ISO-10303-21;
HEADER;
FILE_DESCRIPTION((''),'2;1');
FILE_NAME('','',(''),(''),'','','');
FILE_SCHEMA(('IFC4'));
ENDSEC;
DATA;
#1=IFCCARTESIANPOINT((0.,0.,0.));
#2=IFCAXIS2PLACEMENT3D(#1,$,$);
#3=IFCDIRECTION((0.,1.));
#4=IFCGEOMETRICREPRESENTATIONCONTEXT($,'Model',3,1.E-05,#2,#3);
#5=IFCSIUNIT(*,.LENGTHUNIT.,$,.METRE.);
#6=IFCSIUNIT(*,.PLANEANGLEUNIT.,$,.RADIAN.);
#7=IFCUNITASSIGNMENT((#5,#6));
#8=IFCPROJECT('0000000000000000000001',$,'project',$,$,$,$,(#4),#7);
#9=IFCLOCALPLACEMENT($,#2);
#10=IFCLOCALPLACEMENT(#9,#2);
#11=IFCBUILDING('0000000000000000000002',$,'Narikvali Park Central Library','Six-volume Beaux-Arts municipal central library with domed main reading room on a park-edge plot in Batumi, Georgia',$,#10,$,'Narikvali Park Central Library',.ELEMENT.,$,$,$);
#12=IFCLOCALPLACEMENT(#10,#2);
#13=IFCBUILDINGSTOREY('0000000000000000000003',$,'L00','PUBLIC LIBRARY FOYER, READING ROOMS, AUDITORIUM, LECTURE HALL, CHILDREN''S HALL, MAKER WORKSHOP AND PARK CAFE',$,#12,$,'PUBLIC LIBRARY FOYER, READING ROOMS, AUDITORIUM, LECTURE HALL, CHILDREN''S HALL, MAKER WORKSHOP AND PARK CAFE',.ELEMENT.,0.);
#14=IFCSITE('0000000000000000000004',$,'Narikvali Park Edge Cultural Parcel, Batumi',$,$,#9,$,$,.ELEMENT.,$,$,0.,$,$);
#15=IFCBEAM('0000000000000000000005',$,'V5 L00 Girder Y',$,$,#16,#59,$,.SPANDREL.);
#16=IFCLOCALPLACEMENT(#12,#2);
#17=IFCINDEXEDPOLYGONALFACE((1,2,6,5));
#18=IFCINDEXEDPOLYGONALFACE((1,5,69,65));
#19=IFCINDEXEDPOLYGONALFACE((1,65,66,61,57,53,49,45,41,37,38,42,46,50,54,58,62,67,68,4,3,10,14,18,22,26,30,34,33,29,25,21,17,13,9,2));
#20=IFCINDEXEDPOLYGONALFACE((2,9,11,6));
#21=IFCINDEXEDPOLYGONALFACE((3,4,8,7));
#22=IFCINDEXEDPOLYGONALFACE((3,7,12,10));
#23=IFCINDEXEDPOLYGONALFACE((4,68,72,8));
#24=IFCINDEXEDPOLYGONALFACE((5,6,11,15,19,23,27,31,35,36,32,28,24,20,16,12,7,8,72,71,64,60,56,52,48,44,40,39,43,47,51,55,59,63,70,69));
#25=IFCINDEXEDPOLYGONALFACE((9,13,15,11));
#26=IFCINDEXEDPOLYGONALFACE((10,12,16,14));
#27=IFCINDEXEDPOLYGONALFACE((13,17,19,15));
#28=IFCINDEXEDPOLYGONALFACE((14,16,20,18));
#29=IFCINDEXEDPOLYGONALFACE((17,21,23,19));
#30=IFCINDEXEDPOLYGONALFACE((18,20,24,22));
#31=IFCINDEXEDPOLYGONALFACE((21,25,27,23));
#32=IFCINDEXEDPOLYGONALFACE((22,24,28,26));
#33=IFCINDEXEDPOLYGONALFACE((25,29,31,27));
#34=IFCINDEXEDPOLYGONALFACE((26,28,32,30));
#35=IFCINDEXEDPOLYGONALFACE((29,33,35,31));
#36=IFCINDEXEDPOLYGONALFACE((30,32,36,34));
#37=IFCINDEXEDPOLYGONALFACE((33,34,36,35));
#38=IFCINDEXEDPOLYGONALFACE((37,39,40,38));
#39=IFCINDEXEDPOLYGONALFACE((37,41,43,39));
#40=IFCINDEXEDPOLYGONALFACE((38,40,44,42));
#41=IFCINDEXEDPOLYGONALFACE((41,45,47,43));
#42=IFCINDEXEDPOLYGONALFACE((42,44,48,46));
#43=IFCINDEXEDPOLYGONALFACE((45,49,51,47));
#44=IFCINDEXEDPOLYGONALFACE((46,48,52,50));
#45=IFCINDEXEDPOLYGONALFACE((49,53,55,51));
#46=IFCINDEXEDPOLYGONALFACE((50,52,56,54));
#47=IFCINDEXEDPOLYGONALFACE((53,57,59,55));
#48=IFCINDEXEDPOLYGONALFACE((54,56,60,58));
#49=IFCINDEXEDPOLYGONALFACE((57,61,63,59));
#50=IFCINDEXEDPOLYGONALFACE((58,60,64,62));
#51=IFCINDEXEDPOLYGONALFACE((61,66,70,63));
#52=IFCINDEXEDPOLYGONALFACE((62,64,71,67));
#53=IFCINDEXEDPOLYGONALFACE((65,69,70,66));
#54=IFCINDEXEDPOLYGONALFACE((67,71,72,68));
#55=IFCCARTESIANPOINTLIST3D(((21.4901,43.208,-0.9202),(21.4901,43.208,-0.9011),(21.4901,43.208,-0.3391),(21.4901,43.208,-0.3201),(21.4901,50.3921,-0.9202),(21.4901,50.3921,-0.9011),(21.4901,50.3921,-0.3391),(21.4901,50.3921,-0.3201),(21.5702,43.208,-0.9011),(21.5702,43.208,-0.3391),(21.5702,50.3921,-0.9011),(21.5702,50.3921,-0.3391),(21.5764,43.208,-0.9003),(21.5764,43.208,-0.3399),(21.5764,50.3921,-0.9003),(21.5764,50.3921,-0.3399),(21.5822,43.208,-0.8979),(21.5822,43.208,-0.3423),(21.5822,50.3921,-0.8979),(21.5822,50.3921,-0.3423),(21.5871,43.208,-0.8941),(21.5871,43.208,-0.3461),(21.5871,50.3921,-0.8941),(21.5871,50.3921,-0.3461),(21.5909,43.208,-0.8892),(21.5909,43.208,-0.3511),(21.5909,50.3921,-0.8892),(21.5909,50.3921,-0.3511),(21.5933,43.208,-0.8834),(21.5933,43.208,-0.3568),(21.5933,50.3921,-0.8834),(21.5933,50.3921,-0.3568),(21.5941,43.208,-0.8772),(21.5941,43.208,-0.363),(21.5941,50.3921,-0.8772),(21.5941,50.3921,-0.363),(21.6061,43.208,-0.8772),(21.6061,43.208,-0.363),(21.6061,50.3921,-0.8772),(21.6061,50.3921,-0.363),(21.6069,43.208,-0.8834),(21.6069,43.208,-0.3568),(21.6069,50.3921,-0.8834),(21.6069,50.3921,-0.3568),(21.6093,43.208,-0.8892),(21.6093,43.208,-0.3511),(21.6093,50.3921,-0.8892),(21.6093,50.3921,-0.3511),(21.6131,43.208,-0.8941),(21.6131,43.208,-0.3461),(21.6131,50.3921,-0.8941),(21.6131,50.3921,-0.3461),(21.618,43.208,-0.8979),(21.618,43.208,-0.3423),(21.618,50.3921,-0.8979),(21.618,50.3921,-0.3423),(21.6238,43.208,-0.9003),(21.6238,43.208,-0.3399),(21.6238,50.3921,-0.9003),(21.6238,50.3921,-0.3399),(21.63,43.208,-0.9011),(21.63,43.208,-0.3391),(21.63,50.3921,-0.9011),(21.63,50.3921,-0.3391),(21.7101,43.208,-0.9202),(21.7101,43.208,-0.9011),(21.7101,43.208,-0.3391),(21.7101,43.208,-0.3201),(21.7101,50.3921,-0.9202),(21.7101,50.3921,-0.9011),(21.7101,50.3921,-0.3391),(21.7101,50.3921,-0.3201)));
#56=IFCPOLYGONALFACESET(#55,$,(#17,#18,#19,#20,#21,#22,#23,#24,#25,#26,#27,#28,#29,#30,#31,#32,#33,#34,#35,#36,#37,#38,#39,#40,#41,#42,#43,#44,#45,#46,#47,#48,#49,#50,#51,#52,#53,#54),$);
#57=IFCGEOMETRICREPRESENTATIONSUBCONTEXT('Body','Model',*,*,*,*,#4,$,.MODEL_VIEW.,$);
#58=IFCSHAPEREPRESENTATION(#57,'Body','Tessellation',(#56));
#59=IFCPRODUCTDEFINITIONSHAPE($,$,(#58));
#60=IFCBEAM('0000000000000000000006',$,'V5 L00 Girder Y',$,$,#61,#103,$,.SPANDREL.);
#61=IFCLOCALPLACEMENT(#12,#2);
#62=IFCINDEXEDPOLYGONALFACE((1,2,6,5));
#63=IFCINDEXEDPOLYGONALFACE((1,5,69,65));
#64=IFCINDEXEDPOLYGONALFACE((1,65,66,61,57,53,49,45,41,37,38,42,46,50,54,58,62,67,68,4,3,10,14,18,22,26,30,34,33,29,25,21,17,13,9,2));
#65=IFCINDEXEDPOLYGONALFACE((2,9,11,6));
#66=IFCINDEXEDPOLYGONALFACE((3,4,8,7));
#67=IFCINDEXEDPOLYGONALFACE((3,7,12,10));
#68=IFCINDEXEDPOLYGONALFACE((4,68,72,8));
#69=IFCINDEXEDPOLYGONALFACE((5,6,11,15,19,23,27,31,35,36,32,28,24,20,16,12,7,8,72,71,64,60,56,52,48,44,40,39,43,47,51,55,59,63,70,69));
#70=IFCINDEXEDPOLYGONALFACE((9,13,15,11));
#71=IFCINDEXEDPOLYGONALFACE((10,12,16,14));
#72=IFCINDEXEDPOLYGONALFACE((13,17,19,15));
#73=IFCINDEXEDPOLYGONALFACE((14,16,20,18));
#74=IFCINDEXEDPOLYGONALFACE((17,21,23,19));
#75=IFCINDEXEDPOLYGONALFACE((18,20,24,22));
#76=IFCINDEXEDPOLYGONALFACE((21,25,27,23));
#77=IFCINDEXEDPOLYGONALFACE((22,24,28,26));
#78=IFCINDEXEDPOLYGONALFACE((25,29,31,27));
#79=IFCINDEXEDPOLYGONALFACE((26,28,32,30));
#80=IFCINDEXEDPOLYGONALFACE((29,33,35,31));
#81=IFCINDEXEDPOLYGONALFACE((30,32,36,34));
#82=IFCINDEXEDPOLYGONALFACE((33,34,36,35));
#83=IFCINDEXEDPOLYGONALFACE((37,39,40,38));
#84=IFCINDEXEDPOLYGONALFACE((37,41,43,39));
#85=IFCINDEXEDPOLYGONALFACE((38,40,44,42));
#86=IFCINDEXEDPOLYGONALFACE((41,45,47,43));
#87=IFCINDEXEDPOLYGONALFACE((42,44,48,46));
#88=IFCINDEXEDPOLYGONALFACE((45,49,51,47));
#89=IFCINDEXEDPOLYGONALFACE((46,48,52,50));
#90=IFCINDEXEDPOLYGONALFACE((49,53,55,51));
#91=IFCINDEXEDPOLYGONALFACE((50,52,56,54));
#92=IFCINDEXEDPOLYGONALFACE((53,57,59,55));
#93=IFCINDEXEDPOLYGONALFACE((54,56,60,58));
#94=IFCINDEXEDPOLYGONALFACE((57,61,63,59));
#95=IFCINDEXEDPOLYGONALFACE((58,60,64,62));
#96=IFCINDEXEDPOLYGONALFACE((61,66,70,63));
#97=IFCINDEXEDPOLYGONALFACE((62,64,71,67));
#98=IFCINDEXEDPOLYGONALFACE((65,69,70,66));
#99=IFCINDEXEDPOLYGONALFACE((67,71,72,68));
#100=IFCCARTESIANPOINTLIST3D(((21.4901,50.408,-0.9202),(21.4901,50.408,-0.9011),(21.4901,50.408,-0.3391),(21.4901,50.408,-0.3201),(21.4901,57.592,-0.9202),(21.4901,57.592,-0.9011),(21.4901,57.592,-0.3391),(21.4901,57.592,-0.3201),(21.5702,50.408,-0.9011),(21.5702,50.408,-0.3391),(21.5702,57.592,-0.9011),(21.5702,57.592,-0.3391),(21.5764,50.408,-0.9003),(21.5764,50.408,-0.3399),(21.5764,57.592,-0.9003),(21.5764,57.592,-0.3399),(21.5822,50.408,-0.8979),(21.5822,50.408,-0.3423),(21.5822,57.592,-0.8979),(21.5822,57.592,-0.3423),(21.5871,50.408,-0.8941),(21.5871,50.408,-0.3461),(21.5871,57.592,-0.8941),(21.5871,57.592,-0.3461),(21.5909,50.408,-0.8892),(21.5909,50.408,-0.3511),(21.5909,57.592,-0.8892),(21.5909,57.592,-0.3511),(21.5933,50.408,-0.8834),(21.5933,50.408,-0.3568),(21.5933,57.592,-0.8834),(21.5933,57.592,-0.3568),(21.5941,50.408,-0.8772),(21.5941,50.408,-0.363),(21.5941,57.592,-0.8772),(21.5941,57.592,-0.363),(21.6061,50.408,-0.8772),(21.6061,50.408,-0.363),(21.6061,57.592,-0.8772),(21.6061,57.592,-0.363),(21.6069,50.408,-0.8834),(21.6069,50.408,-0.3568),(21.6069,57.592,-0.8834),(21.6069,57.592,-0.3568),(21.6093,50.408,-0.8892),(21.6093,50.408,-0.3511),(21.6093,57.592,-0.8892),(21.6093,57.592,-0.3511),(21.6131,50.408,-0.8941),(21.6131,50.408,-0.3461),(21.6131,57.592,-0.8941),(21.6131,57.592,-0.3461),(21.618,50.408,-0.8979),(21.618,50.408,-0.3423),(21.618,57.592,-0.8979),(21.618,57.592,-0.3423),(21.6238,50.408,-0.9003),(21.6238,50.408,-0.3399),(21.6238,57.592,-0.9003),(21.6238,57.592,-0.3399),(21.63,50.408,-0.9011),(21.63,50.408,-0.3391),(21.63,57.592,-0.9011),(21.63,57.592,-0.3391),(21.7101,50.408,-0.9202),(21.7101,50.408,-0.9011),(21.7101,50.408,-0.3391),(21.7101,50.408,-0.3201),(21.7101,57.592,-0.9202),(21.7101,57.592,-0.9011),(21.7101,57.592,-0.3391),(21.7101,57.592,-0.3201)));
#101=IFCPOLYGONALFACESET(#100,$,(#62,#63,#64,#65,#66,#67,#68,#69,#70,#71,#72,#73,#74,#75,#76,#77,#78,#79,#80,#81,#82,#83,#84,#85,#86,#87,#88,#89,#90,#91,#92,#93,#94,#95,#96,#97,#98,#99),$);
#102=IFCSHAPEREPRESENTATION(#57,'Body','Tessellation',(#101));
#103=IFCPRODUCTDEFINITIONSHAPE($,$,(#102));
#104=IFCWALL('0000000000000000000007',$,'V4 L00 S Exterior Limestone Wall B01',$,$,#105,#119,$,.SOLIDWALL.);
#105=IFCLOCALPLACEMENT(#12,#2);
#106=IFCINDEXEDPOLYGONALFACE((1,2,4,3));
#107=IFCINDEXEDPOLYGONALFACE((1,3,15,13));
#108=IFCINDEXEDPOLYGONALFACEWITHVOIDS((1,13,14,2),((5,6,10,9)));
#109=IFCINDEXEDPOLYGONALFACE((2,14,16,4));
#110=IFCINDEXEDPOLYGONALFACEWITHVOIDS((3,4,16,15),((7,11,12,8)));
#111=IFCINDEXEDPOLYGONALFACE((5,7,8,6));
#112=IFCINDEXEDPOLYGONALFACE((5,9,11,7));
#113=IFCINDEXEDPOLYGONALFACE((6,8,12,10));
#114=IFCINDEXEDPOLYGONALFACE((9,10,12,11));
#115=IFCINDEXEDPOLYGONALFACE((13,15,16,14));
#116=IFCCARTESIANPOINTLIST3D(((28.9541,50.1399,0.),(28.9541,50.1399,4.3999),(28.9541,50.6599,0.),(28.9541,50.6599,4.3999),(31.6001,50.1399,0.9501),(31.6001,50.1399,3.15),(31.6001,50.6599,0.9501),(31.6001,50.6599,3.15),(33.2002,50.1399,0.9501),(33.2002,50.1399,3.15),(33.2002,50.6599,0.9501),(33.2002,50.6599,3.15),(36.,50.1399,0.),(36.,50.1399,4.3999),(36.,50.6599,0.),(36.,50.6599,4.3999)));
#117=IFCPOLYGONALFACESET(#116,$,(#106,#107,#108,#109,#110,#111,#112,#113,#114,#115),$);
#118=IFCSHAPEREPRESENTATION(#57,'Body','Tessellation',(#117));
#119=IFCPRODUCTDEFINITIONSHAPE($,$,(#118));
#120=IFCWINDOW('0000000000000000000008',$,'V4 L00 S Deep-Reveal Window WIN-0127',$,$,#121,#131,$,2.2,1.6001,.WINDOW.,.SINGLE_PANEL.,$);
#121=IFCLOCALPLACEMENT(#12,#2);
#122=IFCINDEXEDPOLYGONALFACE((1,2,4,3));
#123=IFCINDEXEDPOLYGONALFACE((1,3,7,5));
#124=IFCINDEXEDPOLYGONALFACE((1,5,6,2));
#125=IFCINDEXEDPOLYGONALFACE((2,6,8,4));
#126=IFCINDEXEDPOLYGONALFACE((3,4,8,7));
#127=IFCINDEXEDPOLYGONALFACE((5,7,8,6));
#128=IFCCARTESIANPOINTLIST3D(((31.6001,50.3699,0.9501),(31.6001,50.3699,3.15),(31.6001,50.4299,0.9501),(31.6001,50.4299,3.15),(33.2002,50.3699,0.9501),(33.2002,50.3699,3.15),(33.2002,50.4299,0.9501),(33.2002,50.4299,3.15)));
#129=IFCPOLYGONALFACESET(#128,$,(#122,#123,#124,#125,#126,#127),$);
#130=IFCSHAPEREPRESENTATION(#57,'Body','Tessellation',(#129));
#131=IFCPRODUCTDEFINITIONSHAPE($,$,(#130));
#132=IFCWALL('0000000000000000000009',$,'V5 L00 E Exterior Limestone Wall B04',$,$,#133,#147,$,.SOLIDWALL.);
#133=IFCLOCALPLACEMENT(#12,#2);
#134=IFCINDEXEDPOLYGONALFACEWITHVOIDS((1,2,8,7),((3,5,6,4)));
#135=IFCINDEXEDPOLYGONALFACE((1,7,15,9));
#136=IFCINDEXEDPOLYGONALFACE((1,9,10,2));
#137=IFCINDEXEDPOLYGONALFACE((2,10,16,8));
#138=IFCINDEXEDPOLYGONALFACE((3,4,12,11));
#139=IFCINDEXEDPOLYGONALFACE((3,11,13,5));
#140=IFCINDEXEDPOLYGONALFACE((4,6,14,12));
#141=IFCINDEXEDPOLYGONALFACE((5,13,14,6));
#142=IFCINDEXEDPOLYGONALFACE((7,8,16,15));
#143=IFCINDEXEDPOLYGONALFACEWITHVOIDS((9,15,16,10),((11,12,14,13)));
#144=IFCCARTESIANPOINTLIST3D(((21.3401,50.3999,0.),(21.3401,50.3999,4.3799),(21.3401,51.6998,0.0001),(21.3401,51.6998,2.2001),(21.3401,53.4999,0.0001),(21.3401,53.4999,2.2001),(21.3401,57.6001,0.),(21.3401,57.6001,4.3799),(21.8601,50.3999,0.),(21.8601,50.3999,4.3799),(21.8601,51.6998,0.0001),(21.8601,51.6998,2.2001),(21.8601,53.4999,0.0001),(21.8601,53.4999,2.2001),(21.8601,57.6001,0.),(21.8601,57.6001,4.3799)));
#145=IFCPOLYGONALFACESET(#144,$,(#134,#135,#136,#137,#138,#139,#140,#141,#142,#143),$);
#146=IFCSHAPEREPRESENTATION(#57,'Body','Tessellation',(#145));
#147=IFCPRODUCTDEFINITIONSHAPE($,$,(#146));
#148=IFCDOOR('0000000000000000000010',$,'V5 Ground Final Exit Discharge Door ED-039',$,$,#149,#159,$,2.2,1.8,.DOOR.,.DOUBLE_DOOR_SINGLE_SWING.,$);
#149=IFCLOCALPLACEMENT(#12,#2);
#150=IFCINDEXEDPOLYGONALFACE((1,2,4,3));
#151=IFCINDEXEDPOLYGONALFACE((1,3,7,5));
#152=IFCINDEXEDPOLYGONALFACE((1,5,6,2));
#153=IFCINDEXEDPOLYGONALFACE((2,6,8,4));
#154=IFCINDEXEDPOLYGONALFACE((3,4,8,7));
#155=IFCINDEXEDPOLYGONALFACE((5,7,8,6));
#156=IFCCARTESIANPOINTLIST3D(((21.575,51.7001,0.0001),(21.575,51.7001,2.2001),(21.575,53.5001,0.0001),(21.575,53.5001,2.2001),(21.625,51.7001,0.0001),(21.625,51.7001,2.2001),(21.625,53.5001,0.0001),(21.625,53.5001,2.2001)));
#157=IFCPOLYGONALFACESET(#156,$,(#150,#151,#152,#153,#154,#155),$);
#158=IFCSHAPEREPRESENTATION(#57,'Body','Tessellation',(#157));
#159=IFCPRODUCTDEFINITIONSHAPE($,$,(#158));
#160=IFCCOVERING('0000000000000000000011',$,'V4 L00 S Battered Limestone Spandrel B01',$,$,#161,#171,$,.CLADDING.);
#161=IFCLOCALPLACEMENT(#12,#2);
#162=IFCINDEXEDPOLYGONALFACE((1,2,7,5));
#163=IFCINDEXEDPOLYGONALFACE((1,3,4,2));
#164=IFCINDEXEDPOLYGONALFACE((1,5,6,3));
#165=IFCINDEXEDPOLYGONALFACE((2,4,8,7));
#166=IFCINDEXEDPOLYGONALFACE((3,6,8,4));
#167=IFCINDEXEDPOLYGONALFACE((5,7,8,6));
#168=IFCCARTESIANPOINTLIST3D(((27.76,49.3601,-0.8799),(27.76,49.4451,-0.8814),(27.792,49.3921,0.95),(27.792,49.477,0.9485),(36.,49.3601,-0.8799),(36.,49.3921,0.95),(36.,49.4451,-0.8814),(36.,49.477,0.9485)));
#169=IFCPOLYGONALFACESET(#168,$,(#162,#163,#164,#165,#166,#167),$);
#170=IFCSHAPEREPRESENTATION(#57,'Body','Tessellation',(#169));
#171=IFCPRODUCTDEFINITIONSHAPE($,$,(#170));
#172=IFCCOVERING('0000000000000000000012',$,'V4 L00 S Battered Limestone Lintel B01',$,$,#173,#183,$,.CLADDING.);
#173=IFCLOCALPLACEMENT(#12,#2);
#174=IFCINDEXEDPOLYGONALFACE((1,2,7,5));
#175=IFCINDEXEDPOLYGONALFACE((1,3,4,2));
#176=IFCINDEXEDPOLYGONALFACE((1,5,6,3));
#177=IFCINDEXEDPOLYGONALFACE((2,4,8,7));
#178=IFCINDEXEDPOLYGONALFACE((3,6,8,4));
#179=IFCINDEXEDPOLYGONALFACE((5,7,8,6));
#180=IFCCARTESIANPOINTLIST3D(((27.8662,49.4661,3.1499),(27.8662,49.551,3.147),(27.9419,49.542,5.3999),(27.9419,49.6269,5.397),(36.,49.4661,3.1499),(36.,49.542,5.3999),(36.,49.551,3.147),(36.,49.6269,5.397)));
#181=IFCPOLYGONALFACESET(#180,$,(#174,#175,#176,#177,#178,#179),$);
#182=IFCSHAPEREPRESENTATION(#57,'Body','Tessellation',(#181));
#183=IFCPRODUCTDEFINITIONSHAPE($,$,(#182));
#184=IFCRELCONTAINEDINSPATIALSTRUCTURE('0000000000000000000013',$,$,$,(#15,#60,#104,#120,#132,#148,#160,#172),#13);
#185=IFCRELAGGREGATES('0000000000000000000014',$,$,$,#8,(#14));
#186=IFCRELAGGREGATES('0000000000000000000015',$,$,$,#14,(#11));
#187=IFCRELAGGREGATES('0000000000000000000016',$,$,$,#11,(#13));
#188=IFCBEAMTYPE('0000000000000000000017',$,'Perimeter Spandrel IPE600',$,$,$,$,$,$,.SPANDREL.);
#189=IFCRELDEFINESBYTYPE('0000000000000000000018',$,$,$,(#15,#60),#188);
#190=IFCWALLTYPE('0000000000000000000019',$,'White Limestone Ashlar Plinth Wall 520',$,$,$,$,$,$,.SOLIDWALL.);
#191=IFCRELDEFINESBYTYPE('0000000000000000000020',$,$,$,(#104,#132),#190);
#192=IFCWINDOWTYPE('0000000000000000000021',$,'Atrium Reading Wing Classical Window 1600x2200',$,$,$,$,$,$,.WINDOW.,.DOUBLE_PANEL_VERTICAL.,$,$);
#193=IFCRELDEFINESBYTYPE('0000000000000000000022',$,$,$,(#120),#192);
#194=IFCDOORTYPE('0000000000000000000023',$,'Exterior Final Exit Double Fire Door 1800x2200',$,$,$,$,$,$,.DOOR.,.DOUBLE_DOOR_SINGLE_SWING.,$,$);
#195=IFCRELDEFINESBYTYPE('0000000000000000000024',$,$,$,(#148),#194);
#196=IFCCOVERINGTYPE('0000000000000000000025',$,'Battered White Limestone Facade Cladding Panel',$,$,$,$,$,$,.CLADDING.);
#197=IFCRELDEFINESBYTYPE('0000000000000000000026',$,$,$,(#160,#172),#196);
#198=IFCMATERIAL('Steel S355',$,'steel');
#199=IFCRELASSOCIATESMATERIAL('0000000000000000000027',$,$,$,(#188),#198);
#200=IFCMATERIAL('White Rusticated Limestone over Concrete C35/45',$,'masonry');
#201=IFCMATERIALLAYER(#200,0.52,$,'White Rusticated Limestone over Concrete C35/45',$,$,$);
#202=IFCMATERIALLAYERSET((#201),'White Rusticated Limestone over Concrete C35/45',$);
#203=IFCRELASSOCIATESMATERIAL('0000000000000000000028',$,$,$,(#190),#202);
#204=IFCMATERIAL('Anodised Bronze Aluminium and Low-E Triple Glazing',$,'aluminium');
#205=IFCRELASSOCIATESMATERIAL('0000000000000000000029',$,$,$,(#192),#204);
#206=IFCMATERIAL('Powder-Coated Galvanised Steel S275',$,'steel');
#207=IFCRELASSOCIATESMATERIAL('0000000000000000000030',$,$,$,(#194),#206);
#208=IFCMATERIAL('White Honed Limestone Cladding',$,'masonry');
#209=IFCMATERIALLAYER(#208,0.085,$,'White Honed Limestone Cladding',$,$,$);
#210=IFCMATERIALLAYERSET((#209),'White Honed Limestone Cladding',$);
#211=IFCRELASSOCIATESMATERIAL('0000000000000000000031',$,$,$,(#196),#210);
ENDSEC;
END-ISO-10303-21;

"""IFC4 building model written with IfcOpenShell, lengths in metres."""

from ifc_helpers import new_model, si_unit, direction, frame, frame_2d, origin, origin_2d, place, context, subcontext, project, spatial, polyline, rectangle, i_section, outline, extrude, material, layer, layer_set, material_profile, profile_set, type_object, element, fill, save


model = new_model("IFC4")

# Units and contexts
model_context = context("Model", 3, precision=1e-05, world=origin(), true_north=direction((0.0, 1.0)))
body_context = subcontext(model_context, "Body", "Model", "MODEL_VIEW")
ifc_project = project(units=[si_unit("LENGTHUNIT", "METRE"), si_unit("PLANEANGLEUNIT", "RADIAN")], contexts=[model_context])

# Site, building, storey
site_placement = place(None, origin())
site = spatial("IfcSite", under=ifc_project, at=site_placement, Name="Narikvali Park Edge Cultural Parcel, Batumi", CompositionType="ELEMENT", RefElevation=0.0)
building_placement = place(site_placement, origin())
building = spatial("IfcBuilding", under=site, at=building_placement, Name="Narikvali Park Central Library", Description="Six-volume Beaux-Arts municipal central library with domed main reading room on a park-edge plot in Batumi, Georgia", LongName="Narikvali Park Central Library", CompositionType="ELEMENT")
storey_placement = place(building_placement, origin())
storey = spatial("IfcBuildingStorey", under=building, at=storey_placement, Name="L00", Description="PUBLIC LIBRARY FOYER, READING ROOMS, AUDITORIUM, LECTURE HALL, CHILDREN'S HALL, MAKER WORKSHOP AND PARK CAFE", LongName="PUBLIC LIBRARY FOYER, READING ROOMS, AUDITORIUM, LECTURE HALL, CHILDREN'S HALL, MAKER WORKSHOP AND PARK CAFE", CompositionType="ELEMENT", Elevation=0.0)

# Shared definitions
ifc_material_1 = material(Name="Steel S355", Category="steel")

# Beams
ifc_material_profile_1 = material_profile(ifc_material_1, i_section(OverallWidth=0.22, OverallDepth=0.6001, WebThickness=0.012, FlangeThickness=0.019, FilletRadius=0.0239, at=origin_2d()), Name="IPE 600")
ifc_profile_set_1 = profile_set([ifc_material_profile_1], Name="Steel S355")
beam_type_1 = type_object("IfcBeamType", Name="Perimeter Spandrel IPE600", PredefinedType="SPANDREL", material=ifc_profile_set_1)
for number, where, z_axis, x_axis, name in (
    (1, (21.6001, 43.208, -0.6201), (0.0, 1.0, 0.0), (-1.0, 0.0, 0.0), "V5 L00 Girder Y"),
    (2, (21.6001, 50.408, -0.6201), (0.0, 1.0, 0.0), (-1.0, 0.0, 0.0), "V5 L00 Girder Y"),
):
    element("IfcBeam", number, at=place(storey_placement, frame(where, z_axis=z_axis, x_axis=x_axis)), inside=storey, type_object=beam_type_1, Name=name, PredefinedType="SPANDREL", context=body_context, shape_type="SweptSolid", body=[
        extrude(i_section(OverallWidth=0.22, OverallDepth=0.6001, WebThickness=0.012, FlangeThickness=0.019, FilletRadius=0.0239, at=origin_2d()), origin(), (0.0, 0.0, 1.0), 7.1841),
    ])

# Wall, opening, window
ifc_material_2 = material(Name="White Rusticated Limestone over Concrete C35/45", Category="masonry")
ifc_layer_1 = layer(ifc_material_2, 0.52, Name="White Rusticated Limestone over Concrete C35/45")
ifc_layer_set_1 = layer_set([ifc_layer_1], Name="White Rusticated Limestone over Concrete C35/45")
wall_type = type_object("IfcWallType", Name="White Limestone Ashlar Plinth Wall 520", PredefinedType="SOLIDWALL", material=ifc_layer_set_1)
wall_1_placement = place(storey_placement, frame((28.9541, 50.3999, 0.0), z_axis=(0.0, 0.0, 1.0), x_axis=(1.0, 0.0, 0.0)))
wall_1 = element("IfcWall", 3, at=wall_1_placement, inside=storey, type_object=wall_type, Name="V4 L00 S Exterior Limestone Wall B01", PredefinedType="SOLIDWALL", context=body_context, shape_type="SweptSolid", body=[
    extrude(rectangle(XDim=7.0459, YDim=0.52, at=frame_2d((3.5229, 0.0))), origin(), (0.0, 0.0, 1.0), 4.3999),
])
opening_1_placement = place(wall_1_placement, frame((2.646, 0.0, 0.95)))
opening_1 = element("IfcOpeningElement", 4, at=opening_1_placement, cuts=wall_1, PredefinedType="OPENING", context=body_context, shape_type="SweptSolid", body=[
    extrude(rectangle(XDim=1.6001, YDim=2.2, at=frame_2d((0.8, 1.1001))), frame((0.0, 0.272, 0.0), z_axis=(0.0, -1.0, 0.0), x_axis=(1.0, 0.0, 0.0)), (0.0, 0.0, 1.0), 0.5439),
])
ifc_material_3 = material(Name="Anodised Bronze Aluminium and Low-E Triple Glazing", Category="aluminium")
window_type = type_object("IfcWindowType", Name="Atrium Reading Wing Classical Window 1600x2200", PartitioningType="DOUBLE_PANEL_VERTICAL", PredefinedType="WINDOW", material=ifc_material_3)
window_placement = place(opening_1_placement, origin())
window = element("IfcWindow", 5, at=window_placement, inside=storey, type_object=window_type, Name="V4 L00 S Deep-Reveal Window WIN-0127", OverallHeight=2.2, OverallWidth=1.6001, PartitioningType="SINGLE_PANEL", PredefinedType="WINDOW", context=body_context, shape_type="SweptSolid", body=[
    extrude(rectangle(XDim=1.6001, YDim=2.2, at=frame_2d((0.8, 1.1001))), frame((0.0, 0.03, 0.0), z_axis=(0.0, -1.0, 0.0), x_axis=(1.0, 0.0, 0.0)), (0.0, 0.0, 1.0), 0.0601),
])
fill(opening_1, window)

# Wall, opening, door
wall_2_placement = place(storey_placement, frame((21.6001, 50.3999, 0.0), z_axis=(0.0, 0.0, 1.0), x_axis=(0.0, 1.0, 0.0)))
wall_2 = element("IfcWall", 6, at=wall_2_placement, inside=storey, type_object=wall_type, Name="V5 L00 E Exterior Limestone Wall B04", PredefinedType="SOLIDWALL", context=body_context, shape_type="SweptSolid", body=[
    extrude(rectangle(XDim=7.2002, YDim=0.52, at=frame_2d((3.6001, 0.0))), origin(), (0.0, 0.0, 1.0), 4.3799),
])
opening_2_placement = place(wall_2_placement, frame((1.3, 0.0, 0.0)))
opening_2 = element("IfcOpeningElement", 7, at=opening_2_placement, cuts=wall_2, PredefinedType="OPENING", context=body_context, shape_type="SweptSolid", body=[
    extrude(rectangle(XDim=1.8, YDim=2.2, at=frame_2d((0.8999, 1.1001))), frame((0.0, 0.272, 0.0), z_axis=(0.0, -1.0, 0.0), x_axis=(1.0, 0.0, 0.0)), (0.0, 0.0, 1.0), 0.5439),
])
ifc_material_4 = material(Name="Powder-Coated Galvanised Steel S275", Category="steel")
door_type = type_object("IfcDoorType", Name="Exterior Final Exit Double Fire Door 1800x2200", OperationType="DOUBLE_DOOR_SINGLE_SWING", PredefinedType="DOOR", material=ifc_material_4)
door_placement = place(opening_2_placement, frame((1.8, 0.0, 0.0), z_axis=(0.0, 0.0, 1.0), x_axis=(-1.0, 0.0, 0.0)))
door = element("IfcDoor", 8, at=door_placement, inside=storey, type_object=door_type, Name="V5 Ground Final Exit Discharge Door ED-039", OperationType="DOUBLE_DOOR_SINGLE_SWING", OverallHeight=2.2, OverallWidth=1.8, PredefinedType="DOOR", context=body_context, shape_type="SweptSolid", body=[
    extrude(rectangle(XDim=1.8, YDim=2.2, at=frame_2d((0.8999, 1.1001))), frame((0.0, 0.0249, 0.0), z_axis=(0.0, -1.0, 0.0), x_axis=(1.0, 0.0, 0.0)), (0.0, 0.0, 1.0), 0.05),
])
fill(opening_2, door)

# Coverings
ifc_material_5 = material(Name="White Honed Limestone Cladding", Category="masonry")
ifc_layer_2 = layer(ifc_material_5, 0.085, Name="White Honed Limestone Cladding")
ifc_layer_set_2 = layer_set([ifc_layer_2], Name="White Honed Limestone Cladding")
covering_type = type_object("IfcCoveringType", Name="Battered White Limestone Facade Cladding Panel", PredefinedType="CLADDING", material=ifc_layer_set_2)
covering_1_placement = place(storey_placement, frame((27.76, 49.3601, -0.8799), z_axis=(0.0, -0.999847, 0.017476), x_axis=(1.0, 0.0, 0.0)))
element("IfcCovering", 9, at=covering_1_placement, inside=storey, type_object=covering_type, Name="V4 L00 S Battered Limestone Spandrel B01", PredefinedType="CLADDING", context=body_context, shape_type="SweptSolid", body=[
    extrude(outline(polyline([(0.0, 0.0), (8.24, 0.0), (8.24, 1.8301), (0.032, 1.8301), (0.0, 0.0)])), origin(), (0.0, 0.0, -1.0), 0.085),
])
covering_2_placement = place(storey_placement, frame((27.8662, 49.4661, 3.1499), z_axis=(0.0, -0.999431, 0.033726), x_axis=(1.0, 0.0, 0.0)))
element("IfcCovering", 10, at=covering_2_placement, inside=storey, type_object=covering_type, Name="V4 L00 S Battered Limestone Lintel B01", PredefinedType="CLADDING", context=body_context, shape_type="SweptSolid", body=[
    extrude(outline(polyline([(0.0, 0.0), (8.1338, 0.0), (8.1338, 2.2513), (0.0757, 2.2513), (0.0, 0.0)])), origin(), (0.0, 0.0, -1.0), 0.085),
])

save(model, "model.ifc")
